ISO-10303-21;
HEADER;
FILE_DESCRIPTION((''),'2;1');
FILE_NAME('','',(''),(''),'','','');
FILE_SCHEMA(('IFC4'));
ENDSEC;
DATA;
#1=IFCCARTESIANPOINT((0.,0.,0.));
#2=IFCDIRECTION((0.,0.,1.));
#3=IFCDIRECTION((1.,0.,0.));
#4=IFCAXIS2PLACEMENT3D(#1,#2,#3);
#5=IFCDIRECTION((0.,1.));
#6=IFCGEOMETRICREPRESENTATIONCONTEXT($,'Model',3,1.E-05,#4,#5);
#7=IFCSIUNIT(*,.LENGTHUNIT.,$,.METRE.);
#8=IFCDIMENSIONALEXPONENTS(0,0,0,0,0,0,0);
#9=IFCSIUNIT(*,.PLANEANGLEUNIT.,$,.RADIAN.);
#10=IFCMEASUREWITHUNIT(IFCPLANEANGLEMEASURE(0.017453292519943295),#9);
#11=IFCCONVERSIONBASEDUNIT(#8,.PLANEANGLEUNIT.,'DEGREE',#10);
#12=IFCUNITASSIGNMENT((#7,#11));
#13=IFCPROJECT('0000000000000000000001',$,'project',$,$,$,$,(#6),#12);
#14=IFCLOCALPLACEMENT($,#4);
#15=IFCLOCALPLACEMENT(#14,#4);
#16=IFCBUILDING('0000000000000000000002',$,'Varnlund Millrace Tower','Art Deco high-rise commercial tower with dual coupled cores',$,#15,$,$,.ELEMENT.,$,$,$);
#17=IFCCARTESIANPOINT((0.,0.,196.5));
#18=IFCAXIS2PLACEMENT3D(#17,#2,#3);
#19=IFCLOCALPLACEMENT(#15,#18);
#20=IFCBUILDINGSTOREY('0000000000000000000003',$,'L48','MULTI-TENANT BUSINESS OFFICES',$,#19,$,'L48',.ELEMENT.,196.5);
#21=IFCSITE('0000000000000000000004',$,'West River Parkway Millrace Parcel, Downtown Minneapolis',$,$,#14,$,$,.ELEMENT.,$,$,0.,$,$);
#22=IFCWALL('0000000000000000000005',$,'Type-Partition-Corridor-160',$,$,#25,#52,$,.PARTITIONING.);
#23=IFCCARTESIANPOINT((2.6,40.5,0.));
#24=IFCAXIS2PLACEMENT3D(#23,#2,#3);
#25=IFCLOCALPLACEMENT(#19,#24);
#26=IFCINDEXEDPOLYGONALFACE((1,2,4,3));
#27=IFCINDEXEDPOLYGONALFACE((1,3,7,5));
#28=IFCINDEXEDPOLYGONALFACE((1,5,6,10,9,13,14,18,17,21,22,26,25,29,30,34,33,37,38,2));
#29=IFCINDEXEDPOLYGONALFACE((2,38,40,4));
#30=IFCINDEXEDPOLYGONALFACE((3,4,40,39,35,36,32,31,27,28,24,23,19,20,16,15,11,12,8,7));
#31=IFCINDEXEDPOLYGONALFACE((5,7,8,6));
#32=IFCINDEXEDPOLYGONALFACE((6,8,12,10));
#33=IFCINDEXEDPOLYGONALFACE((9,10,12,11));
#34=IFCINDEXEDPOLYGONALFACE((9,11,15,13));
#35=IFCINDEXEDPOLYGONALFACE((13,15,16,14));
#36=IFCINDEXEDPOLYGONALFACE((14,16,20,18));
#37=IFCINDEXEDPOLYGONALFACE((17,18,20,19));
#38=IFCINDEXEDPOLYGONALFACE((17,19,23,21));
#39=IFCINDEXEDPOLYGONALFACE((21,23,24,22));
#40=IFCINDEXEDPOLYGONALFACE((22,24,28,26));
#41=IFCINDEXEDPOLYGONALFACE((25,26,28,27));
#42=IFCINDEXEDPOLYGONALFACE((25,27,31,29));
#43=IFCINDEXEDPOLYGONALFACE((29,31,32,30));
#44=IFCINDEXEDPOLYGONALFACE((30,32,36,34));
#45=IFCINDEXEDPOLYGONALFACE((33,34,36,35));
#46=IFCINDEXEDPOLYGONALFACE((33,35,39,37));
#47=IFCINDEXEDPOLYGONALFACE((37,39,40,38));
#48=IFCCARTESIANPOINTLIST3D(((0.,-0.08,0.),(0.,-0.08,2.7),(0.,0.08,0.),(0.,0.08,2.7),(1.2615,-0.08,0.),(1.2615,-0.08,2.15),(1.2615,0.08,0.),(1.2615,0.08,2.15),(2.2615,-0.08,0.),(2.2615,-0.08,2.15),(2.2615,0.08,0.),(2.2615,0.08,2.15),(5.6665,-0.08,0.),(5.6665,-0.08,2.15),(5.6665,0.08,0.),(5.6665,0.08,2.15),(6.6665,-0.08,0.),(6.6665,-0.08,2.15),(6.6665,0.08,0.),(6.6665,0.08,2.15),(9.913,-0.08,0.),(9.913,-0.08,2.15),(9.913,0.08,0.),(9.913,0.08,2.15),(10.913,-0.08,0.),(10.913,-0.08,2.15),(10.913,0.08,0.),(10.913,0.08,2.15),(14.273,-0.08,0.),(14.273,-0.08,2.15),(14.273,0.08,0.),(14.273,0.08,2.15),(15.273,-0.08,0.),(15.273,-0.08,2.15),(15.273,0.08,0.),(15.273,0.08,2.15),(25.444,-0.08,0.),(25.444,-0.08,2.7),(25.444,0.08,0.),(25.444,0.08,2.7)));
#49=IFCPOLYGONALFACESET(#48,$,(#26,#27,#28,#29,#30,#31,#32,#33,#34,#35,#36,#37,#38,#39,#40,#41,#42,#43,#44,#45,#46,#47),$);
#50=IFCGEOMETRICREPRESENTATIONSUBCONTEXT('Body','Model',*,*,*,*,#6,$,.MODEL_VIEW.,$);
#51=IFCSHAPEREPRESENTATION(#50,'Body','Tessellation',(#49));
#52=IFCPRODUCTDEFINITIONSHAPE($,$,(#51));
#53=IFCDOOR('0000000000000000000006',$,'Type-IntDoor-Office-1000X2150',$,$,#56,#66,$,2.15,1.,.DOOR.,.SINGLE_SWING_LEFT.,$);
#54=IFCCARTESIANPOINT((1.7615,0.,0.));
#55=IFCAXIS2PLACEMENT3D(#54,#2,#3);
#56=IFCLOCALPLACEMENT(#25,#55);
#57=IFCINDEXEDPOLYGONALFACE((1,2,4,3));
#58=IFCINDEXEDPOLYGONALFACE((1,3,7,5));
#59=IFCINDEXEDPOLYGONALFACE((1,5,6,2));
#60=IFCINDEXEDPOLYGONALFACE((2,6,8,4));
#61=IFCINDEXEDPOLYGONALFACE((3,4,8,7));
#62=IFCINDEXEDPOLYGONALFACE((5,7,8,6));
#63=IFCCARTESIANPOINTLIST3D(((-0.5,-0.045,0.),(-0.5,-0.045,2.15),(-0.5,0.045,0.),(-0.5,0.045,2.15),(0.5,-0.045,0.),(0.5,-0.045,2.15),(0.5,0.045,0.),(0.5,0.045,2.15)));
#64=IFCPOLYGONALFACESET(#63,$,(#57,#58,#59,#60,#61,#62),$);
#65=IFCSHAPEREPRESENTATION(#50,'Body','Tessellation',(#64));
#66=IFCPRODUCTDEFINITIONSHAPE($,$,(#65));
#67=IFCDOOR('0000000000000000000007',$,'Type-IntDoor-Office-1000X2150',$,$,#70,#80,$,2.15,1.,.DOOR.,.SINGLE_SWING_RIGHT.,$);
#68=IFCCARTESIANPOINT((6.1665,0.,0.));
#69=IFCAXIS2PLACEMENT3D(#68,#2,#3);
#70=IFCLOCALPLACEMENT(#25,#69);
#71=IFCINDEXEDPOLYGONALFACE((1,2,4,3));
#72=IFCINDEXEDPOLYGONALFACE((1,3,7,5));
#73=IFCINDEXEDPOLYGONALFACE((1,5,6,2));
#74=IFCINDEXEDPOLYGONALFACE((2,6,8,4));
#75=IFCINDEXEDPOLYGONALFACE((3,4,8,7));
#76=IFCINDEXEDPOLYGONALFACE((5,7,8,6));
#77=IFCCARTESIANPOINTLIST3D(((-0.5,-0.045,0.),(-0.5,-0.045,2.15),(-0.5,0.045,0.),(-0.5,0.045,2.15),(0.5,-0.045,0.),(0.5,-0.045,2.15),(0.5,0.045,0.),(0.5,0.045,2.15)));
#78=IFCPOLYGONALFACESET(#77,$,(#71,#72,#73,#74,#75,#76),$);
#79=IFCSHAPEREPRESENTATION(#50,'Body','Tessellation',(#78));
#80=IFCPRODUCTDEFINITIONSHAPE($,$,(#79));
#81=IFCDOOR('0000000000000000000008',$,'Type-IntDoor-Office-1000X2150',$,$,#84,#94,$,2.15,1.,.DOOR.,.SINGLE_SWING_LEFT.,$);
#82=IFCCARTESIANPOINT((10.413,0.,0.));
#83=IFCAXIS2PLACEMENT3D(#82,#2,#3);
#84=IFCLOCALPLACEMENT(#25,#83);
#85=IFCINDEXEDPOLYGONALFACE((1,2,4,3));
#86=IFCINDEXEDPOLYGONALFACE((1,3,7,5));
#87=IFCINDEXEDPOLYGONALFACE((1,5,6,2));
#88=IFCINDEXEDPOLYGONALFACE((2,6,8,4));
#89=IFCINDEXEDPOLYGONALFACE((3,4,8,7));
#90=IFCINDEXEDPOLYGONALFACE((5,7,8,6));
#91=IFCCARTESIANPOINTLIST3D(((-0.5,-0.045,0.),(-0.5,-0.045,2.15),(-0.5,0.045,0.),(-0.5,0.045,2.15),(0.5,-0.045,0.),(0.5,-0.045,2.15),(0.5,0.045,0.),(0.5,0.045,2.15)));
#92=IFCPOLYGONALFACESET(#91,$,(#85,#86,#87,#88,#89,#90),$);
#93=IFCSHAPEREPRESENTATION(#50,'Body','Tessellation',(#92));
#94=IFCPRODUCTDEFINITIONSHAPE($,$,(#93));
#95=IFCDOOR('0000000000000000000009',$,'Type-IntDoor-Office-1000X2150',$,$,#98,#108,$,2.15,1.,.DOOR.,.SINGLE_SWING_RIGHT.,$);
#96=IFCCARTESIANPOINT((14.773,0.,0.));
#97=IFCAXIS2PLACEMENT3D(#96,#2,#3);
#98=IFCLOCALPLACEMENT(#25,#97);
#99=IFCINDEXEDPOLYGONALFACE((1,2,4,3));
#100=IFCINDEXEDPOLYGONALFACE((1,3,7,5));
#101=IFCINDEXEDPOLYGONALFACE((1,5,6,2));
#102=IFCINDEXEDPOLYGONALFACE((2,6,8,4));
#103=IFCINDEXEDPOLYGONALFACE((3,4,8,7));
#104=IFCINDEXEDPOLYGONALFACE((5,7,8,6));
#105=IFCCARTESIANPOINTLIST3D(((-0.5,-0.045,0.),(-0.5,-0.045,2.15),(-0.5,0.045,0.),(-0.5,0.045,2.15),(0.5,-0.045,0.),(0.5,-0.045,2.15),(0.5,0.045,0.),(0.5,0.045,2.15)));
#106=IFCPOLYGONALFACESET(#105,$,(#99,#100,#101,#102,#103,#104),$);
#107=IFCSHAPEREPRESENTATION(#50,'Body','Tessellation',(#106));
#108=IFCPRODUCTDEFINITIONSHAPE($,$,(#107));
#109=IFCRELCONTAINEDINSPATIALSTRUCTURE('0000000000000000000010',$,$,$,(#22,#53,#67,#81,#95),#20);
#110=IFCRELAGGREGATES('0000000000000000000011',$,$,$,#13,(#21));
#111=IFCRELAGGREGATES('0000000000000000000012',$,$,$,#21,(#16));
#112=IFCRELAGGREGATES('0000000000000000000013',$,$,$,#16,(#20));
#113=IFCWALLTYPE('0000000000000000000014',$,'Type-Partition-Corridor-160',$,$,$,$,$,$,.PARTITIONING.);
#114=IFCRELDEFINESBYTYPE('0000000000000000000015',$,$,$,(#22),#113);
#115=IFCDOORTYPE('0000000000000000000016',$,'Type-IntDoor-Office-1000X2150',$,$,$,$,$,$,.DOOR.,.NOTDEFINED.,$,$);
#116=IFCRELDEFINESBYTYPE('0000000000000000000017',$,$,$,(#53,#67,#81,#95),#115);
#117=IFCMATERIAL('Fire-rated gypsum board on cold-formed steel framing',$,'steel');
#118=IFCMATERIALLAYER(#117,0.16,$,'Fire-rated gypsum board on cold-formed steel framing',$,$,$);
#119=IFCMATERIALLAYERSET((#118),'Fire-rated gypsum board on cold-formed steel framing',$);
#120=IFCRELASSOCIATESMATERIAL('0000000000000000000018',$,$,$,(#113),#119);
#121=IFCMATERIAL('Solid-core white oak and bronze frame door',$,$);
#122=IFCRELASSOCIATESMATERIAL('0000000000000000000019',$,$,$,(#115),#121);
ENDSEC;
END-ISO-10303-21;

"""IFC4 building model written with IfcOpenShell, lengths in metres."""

from ifc_helpers import new_model, entity, si_unit, converted_unit, direction, frame, origin_with_axes, origin_2d_with_axis, place, context, subcontext, project, spatial, polyline, rectangle, outline, extrude, material, layer, layer_set, type_object, element, fill, save


model = new_model("IFC4")

# Units and contexts
model_context = context("Model", 3, precision=1e-05, world=origin_with_axes(), true_north=direction((0.0, 1.0)))
body_context = subcontext(model_context, "Body", "Model", "MODEL_VIEW")
ifc_project = project(units=[si_unit("LENGTHUNIT", "METRE"), converted_unit("PLANEANGLEUNIT", "DEGREE", entity("IfcPlaneAngleMeasure", 0.017453292519943295), si_unit("PLANEANGLEUNIT", "RADIAN"), dimensions=[0, 0, 0, 0, 0, 0, 0])], contexts=[model_context])

# Site, building, storey
site_placement = place(None, origin_with_axes())
site = spatial("IfcSite", under=ifc_project, at=site_placement, Name="West River Parkway Millrace Parcel, Downtown Minneapolis", CompositionType="ELEMENT", RefElevation=0.0)
building_placement = place(site_placement, origin_with_axes())
building = spatial("IfcBuilding", under=site, at=building_placement, Name="Varnlund Millrace Tower", Description="Art Deco high-rise commercial tower with dual coupled cores", CompositionType="ELEMENT")
storey_placement = place(building_placement, frame((0.0, 0.0, 196.5), z_axis=(0.0, 0.0, 1.0), x_axis=(1.0, 0.0, 0.0)))
storey = spatial("IfcBuildingStorey", under=building, at=storey_placement, Name="L48", Description="MULTI-TENANT BUSINESS OFFICES", LongName="L48", CompositionType="ELEMENT", Elevation=196.5)

# Wall, openings, doors
ifc_material_1 = material(Name="Fire-rated gypsum board on cold-formed steel framing", Category="steel")
ifc_layer_1 = layer(ifc_material_1, 0.16, Name="Fire-rated gypsum board on cold-formed steel framing")
ifc_layer_set_1 = layer_set([ifc_layer_1], Name="Fire-rated gypsum board on cold-formed steel framing")
wall_type_1 = type_object("IfcWallType", Name="Type-Partition-Corridor-160", PredefinedType="PARTITIONING", material=ifc_layer_set_1)
wall_1_placement = place(storey_placement, frame((2.6, 40.5, 0.0), z_axis=(0.0, 0.0, 1.0), x_axis=(1.0, 0.0, 0.0)))
wall_1 = element("IfcWall", 1, at=wall_1_placement, inside=storey, type_object=wall_type_1, Name="Type-Partition-Corridor-160", PredefinedType="PARTITIONING", context=body_context, shape_type="SweptSolid", body=[
    extrude(outline(polyline([(0.0, -0.08), (25.444, -0.08), (25.444, 0.08), (0.0, 0.08), (0.0, -0.08)])), origin_with_axes(), (0.0, 0.0, 1.0), 2.7),
])
opening_1_placement = place(wall_1_placement, frame((1.7615, 0.0, 0.0), z_axis=(0.0, 0.0, 1.0), x_axis=(1.0, 0.0, 0.0)))
opening_1 = element("IfcOpeningElement", 2, at=opening_1_placement, cuts=wall_1, PredefinedType="OPENING", context=body_context, shape_type="SweptSolid", body=[
    extrude(rectangle(XDim=1.0, YDim=0.18, at=origin_2d_with_axis()), origin_with_axes(), (0.0, 0.0, 1.0), 2.15),
])
opening_2_placement = place(wall_1_placement, frame((6.1665, 0.0, 0.0), z_axis=(0.0, 0.0, 1.0), x_axis=(1.0, 0.0, 0.0)))
opening_2 = element("IfcOpeningElement", 3, at=opening_2_placement, cuts=wall_1, PredefinedType="OPENING", context=body_context, shape_type="SweptSolid", body=[
    extrude(rectangle(XDim=1.0, YDim=0.18, at=origin_2d_with_axis()), origin_with_axes(), (0.0, 0.0, 1.0), 2.15),
])
opening_3_placement = place(wall_1_placement, frame((10.413, 0.0, 0.0), z_axis=(0.0, 0.0, 1.0), x_axis=(1.0, 0.0, 0.0)))
opening_3 = element("IfcOpeningElement", 4, at=opening_3_placement, cuts=wall_1, PredefinedType="OPENING", context=body_context, shape_type="SweptSolid", body=[
    extrude(rectangle(XDim=1.0, YDim=0.18, at=origin_2d_with_axis()), origin_with_axes(), (0.0, 0.0, 1.0), 2.15),
])
opening_4_placement = place(wall_1_placement, frame((14.773, 0.0, 0.0), z_axis=(0.0, 0.0, 1.0), x_axis=(1.0, 0.0, 0.0)))
opening_4 = element("IfcOpeningElement", 5, at=opening_4_placement, cuts=wall_1, PredefinedType="OPENING", context=body_context, shape_type="SweptSolid", body=[
    extrude(rectangle(XDim=1.0, YDim=0.18, at=origin_2d_with_axis()), origin_with_axes(), (0.0, 0.0, 1.0), 2.15),
])
ifc_material_2 = material(Name="Solid-core white oak and bronze frame door")
door_type = type_object("IfcDoorType", Name="Type-IntDoor-Office-1000X2150", OperationType="NOTDEFINED", PredefinedType="DOOR", material=ifc_material_2)
door_1_placement = place(wall_1_placement, frame((1.7615, 0.0, 0.0), z_axis=(0.0, 0.0, 1.0), x_axis=(1.0, 0.0, 0.0)))
door_1 = element("IfcDoor", 6, at=door_1_placement, inside=storey, type_object=door_type, Name="Type-IntDoor-Office-1000X2150", OperationType="SINGLE_SWING_LEFT", OverallHeight=2.15, OverallWidth=1.0, PredefinedType="DOOR", context=body_context, shape_type="SweptSolid", body=[
    extrude(rectangle(XDim=1.0, YDim=0.09, at=origin_2d_with_axis()), origin_with_axes(), (0.0, 0.0, 1.0), 2.15),
])
fill(opening_1, door_1)
door_2_placement = place(wall_1_placement, frame((6.1665, 0.0, 0.0), z_axis=(0.0, 0.0, 1.0), x_axis=(1.0, 0.0, 0.0)))
door_2 = element("IfcDoor", 7, at=door_2_placement, inside=storey, type_object=door_type, Name="Type-IntDoor-Office-1000X2150", OperationType="SINGLE_SWING_RIGHT", OverallHeight=2.15, OverallWidth=1.0, PredefinedType="DOOR", context=body_context, shape_type="SweptSolid", body=[
    extrude(rectangle(XDim=1.0, YDim=0.09, at=origin_2d_with_axis()), origin_with_axes(), (0.0, 0.0, 1.0), 2.15),
])
fill(opening_2, door_2)
door_3_placement = place(wall_1_placement, frame((10.413, 0.0, 0.0), z_axis=(0.0, 0.0, 1.0), x_axis=(1.0, 0.0, 0.0)))
door_3 = element("IfcDoor", 8, at=door_3_placement, inside=storey, type_object=door_type, Name="Type-IntDoor-Office-1000X2150", OperationType="SINGLE_SWING_LEFT", OverallHeight=2.15, OverallWidth=1.0, PredefinedType="DOOR", context=body_context, shape_type="SweptSolid", body=[
    extrude(rectangle(XDim=1.0, YDim=0.09, at=origin_2d_with_axis()), origin_with_axes(), (0.0, 0.0, 1.0), 2.15),
])
fill(opening_3, door_3)
door_4_placement = place(wall_1_placement, frame((14.773, 0.0, 0.0), z_axis=(0.0, 0.0, 1.0), x_axis=(1.0, 0.0, 0.0)))
door_4 = element("IfcDoor", 9, at=door_4_placement, inside=storey, type_object=door_type, Name="Type-IntDoor-Office-1000X2150", OperationType="SINGLE_SWING_RIGHT", OverallHeight=2.15, OverallWidth=1.0, PredefinedType="DOOR", context=body_context, shape_type="SweptSolid", body=[
    extrude(rectangle(XDim=1.0, YDim=0.09, at=origin_2d_with_axis()), origin_with_axes(), (0.0, 0.0, 1.0), 2.15),
])
fill(opening_4, door_4)

save(model, "model.ifc")
